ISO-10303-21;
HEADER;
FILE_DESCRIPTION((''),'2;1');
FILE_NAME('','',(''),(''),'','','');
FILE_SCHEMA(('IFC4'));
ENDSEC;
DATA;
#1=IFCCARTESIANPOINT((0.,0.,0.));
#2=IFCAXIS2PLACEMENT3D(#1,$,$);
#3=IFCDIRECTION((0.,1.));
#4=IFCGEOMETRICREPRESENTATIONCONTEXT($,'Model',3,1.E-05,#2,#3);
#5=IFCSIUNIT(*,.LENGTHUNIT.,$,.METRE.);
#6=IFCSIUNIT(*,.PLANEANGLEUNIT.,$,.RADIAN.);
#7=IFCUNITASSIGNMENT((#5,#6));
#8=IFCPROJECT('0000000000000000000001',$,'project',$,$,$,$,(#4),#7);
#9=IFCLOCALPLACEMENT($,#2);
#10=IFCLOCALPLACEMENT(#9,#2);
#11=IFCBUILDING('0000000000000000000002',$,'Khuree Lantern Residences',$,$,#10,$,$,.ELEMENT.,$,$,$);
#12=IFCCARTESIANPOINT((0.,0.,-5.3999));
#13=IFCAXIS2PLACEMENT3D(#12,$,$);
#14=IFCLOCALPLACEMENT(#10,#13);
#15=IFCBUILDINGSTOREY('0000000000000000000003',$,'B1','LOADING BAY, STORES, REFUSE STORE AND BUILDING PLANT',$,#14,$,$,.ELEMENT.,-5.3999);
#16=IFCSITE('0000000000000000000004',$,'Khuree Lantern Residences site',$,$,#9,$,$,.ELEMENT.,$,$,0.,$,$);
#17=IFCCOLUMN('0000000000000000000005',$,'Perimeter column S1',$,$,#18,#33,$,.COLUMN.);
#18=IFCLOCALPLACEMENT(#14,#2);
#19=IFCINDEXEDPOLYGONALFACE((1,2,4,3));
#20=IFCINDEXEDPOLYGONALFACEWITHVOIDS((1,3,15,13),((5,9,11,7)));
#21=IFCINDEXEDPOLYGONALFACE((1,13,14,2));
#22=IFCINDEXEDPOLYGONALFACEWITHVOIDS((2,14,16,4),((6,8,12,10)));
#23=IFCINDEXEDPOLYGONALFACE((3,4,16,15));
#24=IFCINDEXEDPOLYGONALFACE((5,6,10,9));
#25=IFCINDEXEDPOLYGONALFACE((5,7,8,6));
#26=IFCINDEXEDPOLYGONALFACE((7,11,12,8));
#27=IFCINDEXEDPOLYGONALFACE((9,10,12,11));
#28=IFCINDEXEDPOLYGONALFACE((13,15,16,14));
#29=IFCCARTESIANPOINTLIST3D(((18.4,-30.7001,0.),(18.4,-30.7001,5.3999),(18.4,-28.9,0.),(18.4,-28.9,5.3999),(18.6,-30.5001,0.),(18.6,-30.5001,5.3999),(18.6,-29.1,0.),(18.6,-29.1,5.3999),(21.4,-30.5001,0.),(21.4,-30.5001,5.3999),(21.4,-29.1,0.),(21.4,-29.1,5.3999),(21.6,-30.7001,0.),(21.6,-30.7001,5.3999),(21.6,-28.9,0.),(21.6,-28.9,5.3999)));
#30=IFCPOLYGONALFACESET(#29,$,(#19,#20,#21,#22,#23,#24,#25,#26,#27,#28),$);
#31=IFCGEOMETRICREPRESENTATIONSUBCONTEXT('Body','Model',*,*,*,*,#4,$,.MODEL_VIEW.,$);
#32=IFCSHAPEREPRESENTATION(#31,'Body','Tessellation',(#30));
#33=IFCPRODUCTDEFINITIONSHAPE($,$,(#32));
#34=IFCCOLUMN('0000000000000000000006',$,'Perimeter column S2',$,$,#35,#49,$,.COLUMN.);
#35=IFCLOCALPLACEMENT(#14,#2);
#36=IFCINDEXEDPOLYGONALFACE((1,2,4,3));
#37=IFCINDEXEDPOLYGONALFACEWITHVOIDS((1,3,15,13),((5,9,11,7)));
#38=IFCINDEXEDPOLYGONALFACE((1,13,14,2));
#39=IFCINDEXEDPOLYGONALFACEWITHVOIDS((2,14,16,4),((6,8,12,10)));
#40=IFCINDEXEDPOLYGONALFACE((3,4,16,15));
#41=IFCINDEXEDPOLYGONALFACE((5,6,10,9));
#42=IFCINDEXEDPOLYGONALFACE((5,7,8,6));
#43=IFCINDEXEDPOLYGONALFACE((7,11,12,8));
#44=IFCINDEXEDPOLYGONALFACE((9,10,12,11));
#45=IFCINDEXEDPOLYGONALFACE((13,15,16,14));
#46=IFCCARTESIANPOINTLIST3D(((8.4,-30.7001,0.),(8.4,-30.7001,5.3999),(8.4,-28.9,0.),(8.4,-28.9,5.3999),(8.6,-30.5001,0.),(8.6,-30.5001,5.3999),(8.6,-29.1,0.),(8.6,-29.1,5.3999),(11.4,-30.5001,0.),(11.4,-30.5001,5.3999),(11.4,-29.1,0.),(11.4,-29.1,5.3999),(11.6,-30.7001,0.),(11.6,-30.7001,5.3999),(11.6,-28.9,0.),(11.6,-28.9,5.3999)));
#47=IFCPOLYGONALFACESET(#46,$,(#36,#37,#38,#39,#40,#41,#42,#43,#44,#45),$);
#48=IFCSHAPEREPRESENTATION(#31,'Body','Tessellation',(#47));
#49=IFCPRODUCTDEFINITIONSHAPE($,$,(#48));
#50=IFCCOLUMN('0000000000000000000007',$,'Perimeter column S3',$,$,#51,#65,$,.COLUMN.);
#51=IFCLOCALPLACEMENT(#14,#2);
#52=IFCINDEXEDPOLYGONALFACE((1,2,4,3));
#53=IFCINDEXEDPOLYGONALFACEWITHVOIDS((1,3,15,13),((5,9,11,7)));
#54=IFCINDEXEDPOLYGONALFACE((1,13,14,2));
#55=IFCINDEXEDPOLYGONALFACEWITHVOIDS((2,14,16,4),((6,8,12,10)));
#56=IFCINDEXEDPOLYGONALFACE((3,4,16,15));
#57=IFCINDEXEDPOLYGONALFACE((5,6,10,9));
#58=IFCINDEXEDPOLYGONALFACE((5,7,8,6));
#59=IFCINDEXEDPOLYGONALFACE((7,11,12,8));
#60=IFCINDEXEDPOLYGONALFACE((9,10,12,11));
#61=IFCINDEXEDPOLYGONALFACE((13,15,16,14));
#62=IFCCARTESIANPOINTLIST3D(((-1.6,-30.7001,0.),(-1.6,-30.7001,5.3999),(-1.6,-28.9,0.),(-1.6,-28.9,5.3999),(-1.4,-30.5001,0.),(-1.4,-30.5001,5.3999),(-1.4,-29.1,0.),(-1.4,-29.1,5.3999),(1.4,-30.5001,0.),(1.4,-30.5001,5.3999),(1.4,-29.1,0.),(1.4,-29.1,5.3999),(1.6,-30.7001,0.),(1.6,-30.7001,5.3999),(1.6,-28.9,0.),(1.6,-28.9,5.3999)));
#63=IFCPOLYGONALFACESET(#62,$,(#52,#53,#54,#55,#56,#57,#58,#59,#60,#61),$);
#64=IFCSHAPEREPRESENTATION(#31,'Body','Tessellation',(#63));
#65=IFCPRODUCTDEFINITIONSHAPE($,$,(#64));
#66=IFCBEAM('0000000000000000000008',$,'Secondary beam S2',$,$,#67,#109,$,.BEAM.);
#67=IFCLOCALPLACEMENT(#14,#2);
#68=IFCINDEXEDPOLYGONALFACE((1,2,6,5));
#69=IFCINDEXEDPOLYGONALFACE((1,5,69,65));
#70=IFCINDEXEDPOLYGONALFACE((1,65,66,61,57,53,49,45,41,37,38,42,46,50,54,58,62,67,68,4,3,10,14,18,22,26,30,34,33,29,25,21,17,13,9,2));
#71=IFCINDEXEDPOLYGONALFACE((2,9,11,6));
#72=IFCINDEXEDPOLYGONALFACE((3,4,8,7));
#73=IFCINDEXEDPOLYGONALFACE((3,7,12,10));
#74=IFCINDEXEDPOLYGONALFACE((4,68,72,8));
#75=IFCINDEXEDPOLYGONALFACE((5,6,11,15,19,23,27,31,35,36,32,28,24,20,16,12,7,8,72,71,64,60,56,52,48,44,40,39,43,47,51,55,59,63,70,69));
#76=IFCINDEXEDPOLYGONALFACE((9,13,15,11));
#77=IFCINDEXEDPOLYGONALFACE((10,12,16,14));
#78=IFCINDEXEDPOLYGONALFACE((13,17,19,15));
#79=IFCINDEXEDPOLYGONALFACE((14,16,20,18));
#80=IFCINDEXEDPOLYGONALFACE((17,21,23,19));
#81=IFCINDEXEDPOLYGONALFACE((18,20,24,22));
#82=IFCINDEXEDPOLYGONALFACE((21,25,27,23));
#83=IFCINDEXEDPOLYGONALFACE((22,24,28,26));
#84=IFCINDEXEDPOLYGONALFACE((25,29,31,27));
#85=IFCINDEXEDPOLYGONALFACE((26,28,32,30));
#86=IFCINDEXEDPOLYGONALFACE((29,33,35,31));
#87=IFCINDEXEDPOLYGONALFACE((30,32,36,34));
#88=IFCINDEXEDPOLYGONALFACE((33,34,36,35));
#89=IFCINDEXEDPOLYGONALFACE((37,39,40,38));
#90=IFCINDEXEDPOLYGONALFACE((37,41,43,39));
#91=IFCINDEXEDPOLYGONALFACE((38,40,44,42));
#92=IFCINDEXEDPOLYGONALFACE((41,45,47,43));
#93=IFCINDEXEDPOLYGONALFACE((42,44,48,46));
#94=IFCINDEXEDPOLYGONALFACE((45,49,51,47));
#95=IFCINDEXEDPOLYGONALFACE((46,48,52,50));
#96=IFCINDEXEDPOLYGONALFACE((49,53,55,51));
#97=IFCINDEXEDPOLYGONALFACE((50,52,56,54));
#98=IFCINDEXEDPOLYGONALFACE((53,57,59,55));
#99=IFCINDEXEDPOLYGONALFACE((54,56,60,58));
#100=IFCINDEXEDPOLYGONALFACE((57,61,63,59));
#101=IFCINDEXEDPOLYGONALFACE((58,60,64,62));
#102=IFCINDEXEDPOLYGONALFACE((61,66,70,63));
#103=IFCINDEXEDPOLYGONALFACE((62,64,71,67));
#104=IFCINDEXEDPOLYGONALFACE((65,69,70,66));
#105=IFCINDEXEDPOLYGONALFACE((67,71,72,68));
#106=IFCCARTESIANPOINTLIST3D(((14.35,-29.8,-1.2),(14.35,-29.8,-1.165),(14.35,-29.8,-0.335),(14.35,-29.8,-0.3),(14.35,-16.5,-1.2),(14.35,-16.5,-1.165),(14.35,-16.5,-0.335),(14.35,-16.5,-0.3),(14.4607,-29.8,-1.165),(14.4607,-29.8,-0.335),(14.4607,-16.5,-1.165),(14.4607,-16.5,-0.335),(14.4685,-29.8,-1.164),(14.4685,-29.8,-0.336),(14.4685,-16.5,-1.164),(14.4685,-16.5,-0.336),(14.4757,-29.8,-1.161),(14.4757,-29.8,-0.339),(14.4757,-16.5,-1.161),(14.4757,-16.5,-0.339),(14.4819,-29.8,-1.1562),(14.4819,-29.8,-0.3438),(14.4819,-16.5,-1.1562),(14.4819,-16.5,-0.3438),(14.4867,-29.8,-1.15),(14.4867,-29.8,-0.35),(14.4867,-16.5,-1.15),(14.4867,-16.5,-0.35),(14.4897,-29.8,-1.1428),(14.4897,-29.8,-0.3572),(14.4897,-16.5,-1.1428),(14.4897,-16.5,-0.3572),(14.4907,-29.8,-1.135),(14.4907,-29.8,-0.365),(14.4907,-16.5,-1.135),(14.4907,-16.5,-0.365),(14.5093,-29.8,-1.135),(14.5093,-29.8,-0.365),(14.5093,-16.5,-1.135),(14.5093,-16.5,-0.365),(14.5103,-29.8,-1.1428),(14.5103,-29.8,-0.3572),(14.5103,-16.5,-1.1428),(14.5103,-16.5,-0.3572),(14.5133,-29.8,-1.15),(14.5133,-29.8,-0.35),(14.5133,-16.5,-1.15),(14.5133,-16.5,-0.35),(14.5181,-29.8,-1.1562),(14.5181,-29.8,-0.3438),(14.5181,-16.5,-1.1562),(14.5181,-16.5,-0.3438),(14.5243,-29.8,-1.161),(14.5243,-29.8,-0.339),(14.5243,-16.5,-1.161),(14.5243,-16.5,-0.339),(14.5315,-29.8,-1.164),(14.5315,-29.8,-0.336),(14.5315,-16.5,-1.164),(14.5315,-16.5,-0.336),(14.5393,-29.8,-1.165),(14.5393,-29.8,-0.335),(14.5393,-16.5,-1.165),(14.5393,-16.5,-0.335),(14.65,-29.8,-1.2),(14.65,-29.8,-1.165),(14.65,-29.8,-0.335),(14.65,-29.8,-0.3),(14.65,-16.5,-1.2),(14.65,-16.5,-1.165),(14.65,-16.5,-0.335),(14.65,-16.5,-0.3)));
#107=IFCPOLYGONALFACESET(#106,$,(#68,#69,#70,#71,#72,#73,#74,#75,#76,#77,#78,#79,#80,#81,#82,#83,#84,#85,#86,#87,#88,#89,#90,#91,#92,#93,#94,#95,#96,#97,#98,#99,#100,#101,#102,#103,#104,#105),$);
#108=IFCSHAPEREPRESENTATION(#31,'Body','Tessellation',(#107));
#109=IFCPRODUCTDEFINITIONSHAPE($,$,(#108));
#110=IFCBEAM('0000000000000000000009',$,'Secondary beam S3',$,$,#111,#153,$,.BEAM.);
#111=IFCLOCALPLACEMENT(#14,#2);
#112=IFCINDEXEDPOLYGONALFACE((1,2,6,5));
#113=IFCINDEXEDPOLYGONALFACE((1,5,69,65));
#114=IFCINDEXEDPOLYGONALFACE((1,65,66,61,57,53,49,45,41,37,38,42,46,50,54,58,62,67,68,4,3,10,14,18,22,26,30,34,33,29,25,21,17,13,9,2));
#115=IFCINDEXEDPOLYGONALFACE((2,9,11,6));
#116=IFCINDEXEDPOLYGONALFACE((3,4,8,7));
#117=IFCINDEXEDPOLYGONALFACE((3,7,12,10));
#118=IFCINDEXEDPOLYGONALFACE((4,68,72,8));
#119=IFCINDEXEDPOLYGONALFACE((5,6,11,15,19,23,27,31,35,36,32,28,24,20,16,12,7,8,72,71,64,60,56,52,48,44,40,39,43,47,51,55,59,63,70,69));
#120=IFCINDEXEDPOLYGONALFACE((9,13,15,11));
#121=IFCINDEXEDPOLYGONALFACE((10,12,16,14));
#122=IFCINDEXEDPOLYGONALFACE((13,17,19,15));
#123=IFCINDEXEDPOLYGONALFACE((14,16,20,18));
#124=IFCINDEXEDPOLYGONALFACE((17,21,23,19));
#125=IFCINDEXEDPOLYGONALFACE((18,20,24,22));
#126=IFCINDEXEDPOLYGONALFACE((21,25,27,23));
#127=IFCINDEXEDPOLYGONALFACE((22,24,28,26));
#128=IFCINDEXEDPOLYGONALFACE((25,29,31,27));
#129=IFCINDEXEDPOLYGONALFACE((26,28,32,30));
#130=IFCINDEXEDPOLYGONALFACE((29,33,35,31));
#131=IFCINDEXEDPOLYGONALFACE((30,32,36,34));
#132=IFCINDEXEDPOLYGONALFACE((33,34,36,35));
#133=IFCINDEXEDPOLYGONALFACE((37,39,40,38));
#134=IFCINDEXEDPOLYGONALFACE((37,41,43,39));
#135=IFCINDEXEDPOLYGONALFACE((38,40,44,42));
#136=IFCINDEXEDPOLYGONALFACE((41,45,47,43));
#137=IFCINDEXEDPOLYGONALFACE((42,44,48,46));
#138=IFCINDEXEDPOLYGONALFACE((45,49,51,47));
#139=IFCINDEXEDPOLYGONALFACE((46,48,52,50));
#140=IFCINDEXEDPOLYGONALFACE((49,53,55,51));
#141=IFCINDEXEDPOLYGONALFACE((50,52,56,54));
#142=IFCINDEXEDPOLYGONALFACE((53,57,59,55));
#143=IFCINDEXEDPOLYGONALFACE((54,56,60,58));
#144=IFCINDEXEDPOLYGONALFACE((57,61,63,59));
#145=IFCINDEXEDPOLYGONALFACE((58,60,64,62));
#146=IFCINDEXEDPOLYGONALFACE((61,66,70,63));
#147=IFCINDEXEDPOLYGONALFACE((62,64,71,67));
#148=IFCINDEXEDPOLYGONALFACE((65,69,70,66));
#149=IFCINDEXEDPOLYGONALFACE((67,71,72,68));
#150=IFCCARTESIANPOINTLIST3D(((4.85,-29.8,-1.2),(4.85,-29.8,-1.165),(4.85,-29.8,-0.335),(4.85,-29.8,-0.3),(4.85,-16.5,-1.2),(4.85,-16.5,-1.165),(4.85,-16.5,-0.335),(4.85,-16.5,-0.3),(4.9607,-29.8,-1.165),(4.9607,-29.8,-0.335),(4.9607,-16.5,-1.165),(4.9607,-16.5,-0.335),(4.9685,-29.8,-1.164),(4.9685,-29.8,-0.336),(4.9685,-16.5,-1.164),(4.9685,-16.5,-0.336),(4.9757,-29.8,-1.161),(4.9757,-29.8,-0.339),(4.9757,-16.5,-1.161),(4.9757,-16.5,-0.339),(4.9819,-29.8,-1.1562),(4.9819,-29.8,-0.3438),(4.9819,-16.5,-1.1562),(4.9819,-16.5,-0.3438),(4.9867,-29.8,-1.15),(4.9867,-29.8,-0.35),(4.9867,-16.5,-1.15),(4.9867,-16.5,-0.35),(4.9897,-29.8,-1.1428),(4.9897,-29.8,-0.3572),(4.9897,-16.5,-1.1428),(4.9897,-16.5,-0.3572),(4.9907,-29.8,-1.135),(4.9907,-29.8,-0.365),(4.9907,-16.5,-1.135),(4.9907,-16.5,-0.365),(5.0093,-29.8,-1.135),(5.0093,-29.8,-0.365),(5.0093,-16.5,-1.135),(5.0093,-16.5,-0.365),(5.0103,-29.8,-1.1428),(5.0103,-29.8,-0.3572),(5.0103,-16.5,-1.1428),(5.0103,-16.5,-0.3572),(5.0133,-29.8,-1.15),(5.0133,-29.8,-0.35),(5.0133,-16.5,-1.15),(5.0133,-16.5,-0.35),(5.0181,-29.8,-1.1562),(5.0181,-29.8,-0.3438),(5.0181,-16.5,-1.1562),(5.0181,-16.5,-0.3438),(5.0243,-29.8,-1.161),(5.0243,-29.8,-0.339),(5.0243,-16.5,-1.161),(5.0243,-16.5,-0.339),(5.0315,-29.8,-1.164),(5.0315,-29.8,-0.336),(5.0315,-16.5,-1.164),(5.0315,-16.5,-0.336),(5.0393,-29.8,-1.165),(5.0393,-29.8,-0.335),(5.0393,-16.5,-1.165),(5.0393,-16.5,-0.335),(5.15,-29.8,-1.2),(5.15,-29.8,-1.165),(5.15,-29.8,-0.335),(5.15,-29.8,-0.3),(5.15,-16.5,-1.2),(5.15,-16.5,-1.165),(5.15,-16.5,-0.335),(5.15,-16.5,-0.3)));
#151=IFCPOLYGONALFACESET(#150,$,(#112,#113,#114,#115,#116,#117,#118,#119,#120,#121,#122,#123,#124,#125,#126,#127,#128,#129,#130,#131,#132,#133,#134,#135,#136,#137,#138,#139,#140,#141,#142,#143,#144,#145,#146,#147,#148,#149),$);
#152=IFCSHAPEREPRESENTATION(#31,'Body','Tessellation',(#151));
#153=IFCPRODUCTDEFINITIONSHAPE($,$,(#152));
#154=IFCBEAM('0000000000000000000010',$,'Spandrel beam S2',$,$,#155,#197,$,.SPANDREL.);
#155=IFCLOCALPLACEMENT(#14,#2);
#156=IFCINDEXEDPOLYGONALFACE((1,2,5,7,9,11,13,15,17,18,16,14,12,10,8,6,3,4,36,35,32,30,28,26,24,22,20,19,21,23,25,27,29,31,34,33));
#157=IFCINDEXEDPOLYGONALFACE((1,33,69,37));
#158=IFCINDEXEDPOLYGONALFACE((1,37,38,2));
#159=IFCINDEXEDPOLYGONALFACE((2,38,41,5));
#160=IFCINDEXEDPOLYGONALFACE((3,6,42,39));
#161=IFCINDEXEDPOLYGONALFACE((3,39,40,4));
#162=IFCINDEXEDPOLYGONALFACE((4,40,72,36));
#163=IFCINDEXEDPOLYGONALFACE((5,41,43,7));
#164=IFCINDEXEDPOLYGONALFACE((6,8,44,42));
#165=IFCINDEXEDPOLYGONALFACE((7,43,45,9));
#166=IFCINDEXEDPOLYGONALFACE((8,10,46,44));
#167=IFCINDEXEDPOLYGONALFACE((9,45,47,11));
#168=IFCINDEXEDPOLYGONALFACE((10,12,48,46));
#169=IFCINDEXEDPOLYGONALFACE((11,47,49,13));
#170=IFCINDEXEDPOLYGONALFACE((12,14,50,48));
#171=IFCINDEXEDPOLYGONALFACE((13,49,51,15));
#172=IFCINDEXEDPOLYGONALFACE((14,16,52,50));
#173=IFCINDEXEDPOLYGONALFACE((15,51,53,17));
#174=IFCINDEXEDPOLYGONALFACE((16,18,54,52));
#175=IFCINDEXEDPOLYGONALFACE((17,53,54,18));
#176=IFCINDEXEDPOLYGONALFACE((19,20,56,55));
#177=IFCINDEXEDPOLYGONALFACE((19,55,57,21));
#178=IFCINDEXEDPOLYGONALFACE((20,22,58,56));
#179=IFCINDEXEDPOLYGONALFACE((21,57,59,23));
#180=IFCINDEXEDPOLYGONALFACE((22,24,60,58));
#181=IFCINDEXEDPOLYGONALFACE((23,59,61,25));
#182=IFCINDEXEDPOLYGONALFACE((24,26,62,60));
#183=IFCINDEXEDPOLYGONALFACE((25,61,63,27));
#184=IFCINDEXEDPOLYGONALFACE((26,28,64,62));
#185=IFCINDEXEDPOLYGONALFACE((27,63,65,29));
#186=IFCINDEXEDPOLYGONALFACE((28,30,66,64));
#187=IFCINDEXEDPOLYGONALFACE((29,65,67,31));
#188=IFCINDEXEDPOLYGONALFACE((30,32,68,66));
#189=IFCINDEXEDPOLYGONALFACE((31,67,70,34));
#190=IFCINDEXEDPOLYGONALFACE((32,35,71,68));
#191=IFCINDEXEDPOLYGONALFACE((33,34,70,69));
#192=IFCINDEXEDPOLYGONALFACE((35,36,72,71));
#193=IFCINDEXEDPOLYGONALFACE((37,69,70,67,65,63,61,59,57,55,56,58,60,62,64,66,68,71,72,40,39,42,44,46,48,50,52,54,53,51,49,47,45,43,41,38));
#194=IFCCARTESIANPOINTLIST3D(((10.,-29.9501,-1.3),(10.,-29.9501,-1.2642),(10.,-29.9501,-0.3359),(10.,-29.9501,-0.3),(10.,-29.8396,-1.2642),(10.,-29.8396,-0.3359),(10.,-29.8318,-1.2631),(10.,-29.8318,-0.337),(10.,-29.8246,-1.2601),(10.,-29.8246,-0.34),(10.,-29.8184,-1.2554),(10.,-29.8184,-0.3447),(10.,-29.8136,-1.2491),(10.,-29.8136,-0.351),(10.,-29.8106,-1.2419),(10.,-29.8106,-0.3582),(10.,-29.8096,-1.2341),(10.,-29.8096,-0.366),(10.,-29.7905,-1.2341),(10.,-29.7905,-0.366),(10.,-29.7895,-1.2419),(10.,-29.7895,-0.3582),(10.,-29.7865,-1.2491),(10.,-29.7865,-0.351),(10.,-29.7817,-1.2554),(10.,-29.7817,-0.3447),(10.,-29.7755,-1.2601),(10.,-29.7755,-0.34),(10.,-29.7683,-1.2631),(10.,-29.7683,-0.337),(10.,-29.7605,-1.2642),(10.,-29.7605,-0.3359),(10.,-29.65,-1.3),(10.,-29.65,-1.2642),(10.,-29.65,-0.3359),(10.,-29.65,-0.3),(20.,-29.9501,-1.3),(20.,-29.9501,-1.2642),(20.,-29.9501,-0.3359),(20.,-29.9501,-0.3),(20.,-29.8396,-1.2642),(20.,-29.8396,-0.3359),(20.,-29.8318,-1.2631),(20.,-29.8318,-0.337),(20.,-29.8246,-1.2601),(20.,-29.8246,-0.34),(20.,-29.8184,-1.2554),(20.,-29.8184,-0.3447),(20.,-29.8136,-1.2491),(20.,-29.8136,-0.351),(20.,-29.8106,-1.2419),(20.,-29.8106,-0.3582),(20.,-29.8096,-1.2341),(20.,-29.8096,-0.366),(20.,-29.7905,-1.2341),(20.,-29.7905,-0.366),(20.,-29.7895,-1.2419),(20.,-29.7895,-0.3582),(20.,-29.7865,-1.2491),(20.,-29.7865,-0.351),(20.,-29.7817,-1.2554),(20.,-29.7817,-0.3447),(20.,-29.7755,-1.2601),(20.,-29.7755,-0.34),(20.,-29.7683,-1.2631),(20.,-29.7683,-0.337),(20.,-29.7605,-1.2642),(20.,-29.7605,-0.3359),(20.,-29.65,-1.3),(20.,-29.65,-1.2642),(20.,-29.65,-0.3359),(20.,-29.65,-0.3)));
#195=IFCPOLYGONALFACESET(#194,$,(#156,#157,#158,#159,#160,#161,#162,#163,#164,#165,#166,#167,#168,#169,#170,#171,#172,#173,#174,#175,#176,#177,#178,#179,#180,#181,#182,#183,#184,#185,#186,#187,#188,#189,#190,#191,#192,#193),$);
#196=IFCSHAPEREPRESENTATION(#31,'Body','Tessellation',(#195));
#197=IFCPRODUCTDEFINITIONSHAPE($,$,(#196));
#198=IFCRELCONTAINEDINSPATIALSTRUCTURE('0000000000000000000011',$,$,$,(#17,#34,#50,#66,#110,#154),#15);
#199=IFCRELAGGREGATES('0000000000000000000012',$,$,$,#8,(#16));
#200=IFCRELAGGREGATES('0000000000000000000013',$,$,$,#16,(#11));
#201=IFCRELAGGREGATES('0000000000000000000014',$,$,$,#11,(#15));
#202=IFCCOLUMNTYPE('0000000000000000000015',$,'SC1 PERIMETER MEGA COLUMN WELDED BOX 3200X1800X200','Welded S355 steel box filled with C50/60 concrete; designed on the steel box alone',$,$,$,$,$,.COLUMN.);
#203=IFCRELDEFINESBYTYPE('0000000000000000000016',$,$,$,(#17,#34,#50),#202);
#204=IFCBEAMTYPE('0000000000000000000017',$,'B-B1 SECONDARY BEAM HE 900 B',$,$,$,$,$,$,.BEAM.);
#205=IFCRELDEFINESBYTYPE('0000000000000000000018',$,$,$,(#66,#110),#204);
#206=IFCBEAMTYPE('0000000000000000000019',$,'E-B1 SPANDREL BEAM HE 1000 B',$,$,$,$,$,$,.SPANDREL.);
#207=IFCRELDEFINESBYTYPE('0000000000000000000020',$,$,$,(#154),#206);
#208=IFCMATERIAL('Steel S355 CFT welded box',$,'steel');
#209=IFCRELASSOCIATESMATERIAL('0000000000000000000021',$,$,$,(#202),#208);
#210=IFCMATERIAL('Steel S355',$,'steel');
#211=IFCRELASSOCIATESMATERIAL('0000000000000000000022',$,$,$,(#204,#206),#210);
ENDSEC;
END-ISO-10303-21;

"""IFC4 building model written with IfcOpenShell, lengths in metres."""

from ifc_helpers import new_model, si_unit, direction, frame, origin, origin_2d, place, context, subcontext, project, spatial, hollow_rectangle, i_section, extrude, material, material_profile, profile_set, type_object, element, save


model = new_model("IFC4")

# Units and contexts
model_context = context("Model", 3, precision=1e-05, world=origin(), true_north=direction((0.0, 1.0)))
body_context = subcontext(model_context, "Body", "Model", "MODEL_VIEW")
ifc_project = project(units=[si_unit("LENGTHUNIT", "METRE"), si_unit("PLANEANGLEUNIT", "RADIAN")], contexts=[model_context])

# Site, building, storey
site_placement = place(None, origin())
site = spatial("IfcSite", under=ifc_project, at=site_placement, Name="Khuree Lantern Residences site", CompositionType="ELEMENT", RefElevation=0.0)
building_placement = place(site_placement, origin())
building = spatial("IfcBuilding", under=site, at=building_placement, Name="Khuree Lantern Residences", CompositionType="ELEMENT")
storey_placement = place(building_placement, frame((0.0, 0.0, -5.3999)))
storey = spatial("IfcBuildingStorey", under=building, at=storey_placement, Name="B1", Description="LOADING BAY, STORES, REFUSE STORE AND BUILDING PLANT", CompositionType="ELEMENT", Elevation=-5.3999)

# Columns
ifc_material_1 = material(Name="Steel S355 CFT welded box", Category="steel")
ifc_material_profile_1 = material_profile(ifc_material_1, hollow_rectangle(XDim=3.2, YDim=1.8, WallThickness=0.2, at=origin_2d()), Name="WELDED BOX 3200X1800X200")
ifc_profile_set_1 = profile_set([ifc_material_profile_1], Name="Steel S355 CFT welded box")
column_type = type_object("IfcColumnType", Name="SC1 PERIMETER MEGA COLUMN WELDED BOX 3200X1800X200", Description="Welded S355 steel box filled with C50/60 concrete; designed on the steel box alone", PredefinedType="COLUMN", material=ifc_profile_set_1)
for number, where, z_axis, x_axis, name in (
    (1, (20.0, -29.8, 0.0), (0.0, 0.0, 1.0), (1.0, 0.0, 0.0), "Perimeter column S1"),
    (2, (10.0, -29.8, 0.0), (0.0, 0.0, 1.0), (1.0, 0.0, 0.0), "Perimeter column S2"),
    (3, (0.0, -29.8, 0.0), (0.0, 0.0, 1.0), (1.0, 0.0, 0.0), "Perimeter column S3"),
):
    element("IfcColumn", number, at=place(storey_placement, frame(where, z_axis=z_axis, x_axis=x_axis)), inside=storey, type_object=column_type, Name=name, PredefinedType="COLUMN", context=body_context, shape_type="SweptSolid", body=[
        extrude(hollow_rectangle(XDim=3.2, YDim=1.8, WallThickness=0.2, at=origin_2d()), origin(), (0.0, 0.0, 1.0), 5.3999),
    ])

# Beams
ifc_material_2 = material(Name="Steel S355", Category="steel")
ifc_material_profile_2 = material_profile(ifc_material_2, i_section(OverallWidth=0.3, OverallDepth=0.8999, WebThickness=0.0186, FlangeThickness=0.0349, FilletRadius=0.03, at=origin_2d()), Name="HE 900 B")
ifc_profile_set_2 = profile_set([ifc_material_profile_2], Name="Steel S355")
beam_type_1 = type_object("IfcBeamType", Name="B-B1 SECONDARY BEAM HE 900 B", PredefinedType="BEAM", material=ifc_profile_set_2)
for number, where, z_axis, x_axis, name in (
    (4, (14.5, -29.8, -0.75), (0.0, 1.0, 0.0), (-1.0, 0.0, 0.0), "Secondary beam S2"),
    (5, (5.0, -29.8, -0.75), (0.0, 1.0, 0.0), (-1.0, 0.0, 0.0), "Secondary beam S3"),
):
    element("IfcBeam", number, at=place(storey_placement, frame(where, z_axis=z_axis, x_axis=x_axis)), inside=storey, type_object=beam_type_1, Name=name, PredefinedType="BEAM", context=body_context, shape_type="SweptSolid", body=[
        extrude(i_section(OverallWidth=0.3, OverallDepth=0.8999, WebThickness=0.0186, FlangeThickness=0.0349, FilletRadius=0.03, at=origin_2d()), origin(), (0.0, 0.0, 1.0), 13.3),
    ])
ifc_material_profile_3 = material_profile(ifc_material_2, i_section(OverallWidth=0.3, OverallDepth=1.0, WebThickness=0.019, FlangeThickness=0.0359, FilletRadius=0.03, at=origin_2d()), Name="HE 1000 B")
ifc_profile_set_3 = profile_set([ifc_material_profile_3], Name="Steel S355")
beam_type_2 = type_object("IfcBeamType", Name="E-B1 SPANDREL BEAM HE 1000 B", PredefinedType="SPANDREL", material=ifc_profile_set_3)
for number, where, z_axis, x_axis, name in (
    (6, (20.0, -29.8, -0.8), (-1.0, 0.0, 0.0), (0.0, -1.0, 0.0), "Spandrel beam S2"),
):
    element("IfcBeam", number, at=place(storey_placement, frame(where, z_axis=z_axis, x_axis=x_axis)), inside=storey, type_object=beam_type_2, Name=name, PredefinedType="SPANDREL", context=body_context, shape_type="SweptSolid", body=[
        extrude(i_section(OverallWidth=0.3, OverallDepth=1.0, WebThickness=0.019, FlangeThickness=0.0359, FilletRadius=0.03, at=origin_2d()), origin(), (0.0, 0.0, 1.0), 10.0),
    ])

save(model, "model.ifc")
